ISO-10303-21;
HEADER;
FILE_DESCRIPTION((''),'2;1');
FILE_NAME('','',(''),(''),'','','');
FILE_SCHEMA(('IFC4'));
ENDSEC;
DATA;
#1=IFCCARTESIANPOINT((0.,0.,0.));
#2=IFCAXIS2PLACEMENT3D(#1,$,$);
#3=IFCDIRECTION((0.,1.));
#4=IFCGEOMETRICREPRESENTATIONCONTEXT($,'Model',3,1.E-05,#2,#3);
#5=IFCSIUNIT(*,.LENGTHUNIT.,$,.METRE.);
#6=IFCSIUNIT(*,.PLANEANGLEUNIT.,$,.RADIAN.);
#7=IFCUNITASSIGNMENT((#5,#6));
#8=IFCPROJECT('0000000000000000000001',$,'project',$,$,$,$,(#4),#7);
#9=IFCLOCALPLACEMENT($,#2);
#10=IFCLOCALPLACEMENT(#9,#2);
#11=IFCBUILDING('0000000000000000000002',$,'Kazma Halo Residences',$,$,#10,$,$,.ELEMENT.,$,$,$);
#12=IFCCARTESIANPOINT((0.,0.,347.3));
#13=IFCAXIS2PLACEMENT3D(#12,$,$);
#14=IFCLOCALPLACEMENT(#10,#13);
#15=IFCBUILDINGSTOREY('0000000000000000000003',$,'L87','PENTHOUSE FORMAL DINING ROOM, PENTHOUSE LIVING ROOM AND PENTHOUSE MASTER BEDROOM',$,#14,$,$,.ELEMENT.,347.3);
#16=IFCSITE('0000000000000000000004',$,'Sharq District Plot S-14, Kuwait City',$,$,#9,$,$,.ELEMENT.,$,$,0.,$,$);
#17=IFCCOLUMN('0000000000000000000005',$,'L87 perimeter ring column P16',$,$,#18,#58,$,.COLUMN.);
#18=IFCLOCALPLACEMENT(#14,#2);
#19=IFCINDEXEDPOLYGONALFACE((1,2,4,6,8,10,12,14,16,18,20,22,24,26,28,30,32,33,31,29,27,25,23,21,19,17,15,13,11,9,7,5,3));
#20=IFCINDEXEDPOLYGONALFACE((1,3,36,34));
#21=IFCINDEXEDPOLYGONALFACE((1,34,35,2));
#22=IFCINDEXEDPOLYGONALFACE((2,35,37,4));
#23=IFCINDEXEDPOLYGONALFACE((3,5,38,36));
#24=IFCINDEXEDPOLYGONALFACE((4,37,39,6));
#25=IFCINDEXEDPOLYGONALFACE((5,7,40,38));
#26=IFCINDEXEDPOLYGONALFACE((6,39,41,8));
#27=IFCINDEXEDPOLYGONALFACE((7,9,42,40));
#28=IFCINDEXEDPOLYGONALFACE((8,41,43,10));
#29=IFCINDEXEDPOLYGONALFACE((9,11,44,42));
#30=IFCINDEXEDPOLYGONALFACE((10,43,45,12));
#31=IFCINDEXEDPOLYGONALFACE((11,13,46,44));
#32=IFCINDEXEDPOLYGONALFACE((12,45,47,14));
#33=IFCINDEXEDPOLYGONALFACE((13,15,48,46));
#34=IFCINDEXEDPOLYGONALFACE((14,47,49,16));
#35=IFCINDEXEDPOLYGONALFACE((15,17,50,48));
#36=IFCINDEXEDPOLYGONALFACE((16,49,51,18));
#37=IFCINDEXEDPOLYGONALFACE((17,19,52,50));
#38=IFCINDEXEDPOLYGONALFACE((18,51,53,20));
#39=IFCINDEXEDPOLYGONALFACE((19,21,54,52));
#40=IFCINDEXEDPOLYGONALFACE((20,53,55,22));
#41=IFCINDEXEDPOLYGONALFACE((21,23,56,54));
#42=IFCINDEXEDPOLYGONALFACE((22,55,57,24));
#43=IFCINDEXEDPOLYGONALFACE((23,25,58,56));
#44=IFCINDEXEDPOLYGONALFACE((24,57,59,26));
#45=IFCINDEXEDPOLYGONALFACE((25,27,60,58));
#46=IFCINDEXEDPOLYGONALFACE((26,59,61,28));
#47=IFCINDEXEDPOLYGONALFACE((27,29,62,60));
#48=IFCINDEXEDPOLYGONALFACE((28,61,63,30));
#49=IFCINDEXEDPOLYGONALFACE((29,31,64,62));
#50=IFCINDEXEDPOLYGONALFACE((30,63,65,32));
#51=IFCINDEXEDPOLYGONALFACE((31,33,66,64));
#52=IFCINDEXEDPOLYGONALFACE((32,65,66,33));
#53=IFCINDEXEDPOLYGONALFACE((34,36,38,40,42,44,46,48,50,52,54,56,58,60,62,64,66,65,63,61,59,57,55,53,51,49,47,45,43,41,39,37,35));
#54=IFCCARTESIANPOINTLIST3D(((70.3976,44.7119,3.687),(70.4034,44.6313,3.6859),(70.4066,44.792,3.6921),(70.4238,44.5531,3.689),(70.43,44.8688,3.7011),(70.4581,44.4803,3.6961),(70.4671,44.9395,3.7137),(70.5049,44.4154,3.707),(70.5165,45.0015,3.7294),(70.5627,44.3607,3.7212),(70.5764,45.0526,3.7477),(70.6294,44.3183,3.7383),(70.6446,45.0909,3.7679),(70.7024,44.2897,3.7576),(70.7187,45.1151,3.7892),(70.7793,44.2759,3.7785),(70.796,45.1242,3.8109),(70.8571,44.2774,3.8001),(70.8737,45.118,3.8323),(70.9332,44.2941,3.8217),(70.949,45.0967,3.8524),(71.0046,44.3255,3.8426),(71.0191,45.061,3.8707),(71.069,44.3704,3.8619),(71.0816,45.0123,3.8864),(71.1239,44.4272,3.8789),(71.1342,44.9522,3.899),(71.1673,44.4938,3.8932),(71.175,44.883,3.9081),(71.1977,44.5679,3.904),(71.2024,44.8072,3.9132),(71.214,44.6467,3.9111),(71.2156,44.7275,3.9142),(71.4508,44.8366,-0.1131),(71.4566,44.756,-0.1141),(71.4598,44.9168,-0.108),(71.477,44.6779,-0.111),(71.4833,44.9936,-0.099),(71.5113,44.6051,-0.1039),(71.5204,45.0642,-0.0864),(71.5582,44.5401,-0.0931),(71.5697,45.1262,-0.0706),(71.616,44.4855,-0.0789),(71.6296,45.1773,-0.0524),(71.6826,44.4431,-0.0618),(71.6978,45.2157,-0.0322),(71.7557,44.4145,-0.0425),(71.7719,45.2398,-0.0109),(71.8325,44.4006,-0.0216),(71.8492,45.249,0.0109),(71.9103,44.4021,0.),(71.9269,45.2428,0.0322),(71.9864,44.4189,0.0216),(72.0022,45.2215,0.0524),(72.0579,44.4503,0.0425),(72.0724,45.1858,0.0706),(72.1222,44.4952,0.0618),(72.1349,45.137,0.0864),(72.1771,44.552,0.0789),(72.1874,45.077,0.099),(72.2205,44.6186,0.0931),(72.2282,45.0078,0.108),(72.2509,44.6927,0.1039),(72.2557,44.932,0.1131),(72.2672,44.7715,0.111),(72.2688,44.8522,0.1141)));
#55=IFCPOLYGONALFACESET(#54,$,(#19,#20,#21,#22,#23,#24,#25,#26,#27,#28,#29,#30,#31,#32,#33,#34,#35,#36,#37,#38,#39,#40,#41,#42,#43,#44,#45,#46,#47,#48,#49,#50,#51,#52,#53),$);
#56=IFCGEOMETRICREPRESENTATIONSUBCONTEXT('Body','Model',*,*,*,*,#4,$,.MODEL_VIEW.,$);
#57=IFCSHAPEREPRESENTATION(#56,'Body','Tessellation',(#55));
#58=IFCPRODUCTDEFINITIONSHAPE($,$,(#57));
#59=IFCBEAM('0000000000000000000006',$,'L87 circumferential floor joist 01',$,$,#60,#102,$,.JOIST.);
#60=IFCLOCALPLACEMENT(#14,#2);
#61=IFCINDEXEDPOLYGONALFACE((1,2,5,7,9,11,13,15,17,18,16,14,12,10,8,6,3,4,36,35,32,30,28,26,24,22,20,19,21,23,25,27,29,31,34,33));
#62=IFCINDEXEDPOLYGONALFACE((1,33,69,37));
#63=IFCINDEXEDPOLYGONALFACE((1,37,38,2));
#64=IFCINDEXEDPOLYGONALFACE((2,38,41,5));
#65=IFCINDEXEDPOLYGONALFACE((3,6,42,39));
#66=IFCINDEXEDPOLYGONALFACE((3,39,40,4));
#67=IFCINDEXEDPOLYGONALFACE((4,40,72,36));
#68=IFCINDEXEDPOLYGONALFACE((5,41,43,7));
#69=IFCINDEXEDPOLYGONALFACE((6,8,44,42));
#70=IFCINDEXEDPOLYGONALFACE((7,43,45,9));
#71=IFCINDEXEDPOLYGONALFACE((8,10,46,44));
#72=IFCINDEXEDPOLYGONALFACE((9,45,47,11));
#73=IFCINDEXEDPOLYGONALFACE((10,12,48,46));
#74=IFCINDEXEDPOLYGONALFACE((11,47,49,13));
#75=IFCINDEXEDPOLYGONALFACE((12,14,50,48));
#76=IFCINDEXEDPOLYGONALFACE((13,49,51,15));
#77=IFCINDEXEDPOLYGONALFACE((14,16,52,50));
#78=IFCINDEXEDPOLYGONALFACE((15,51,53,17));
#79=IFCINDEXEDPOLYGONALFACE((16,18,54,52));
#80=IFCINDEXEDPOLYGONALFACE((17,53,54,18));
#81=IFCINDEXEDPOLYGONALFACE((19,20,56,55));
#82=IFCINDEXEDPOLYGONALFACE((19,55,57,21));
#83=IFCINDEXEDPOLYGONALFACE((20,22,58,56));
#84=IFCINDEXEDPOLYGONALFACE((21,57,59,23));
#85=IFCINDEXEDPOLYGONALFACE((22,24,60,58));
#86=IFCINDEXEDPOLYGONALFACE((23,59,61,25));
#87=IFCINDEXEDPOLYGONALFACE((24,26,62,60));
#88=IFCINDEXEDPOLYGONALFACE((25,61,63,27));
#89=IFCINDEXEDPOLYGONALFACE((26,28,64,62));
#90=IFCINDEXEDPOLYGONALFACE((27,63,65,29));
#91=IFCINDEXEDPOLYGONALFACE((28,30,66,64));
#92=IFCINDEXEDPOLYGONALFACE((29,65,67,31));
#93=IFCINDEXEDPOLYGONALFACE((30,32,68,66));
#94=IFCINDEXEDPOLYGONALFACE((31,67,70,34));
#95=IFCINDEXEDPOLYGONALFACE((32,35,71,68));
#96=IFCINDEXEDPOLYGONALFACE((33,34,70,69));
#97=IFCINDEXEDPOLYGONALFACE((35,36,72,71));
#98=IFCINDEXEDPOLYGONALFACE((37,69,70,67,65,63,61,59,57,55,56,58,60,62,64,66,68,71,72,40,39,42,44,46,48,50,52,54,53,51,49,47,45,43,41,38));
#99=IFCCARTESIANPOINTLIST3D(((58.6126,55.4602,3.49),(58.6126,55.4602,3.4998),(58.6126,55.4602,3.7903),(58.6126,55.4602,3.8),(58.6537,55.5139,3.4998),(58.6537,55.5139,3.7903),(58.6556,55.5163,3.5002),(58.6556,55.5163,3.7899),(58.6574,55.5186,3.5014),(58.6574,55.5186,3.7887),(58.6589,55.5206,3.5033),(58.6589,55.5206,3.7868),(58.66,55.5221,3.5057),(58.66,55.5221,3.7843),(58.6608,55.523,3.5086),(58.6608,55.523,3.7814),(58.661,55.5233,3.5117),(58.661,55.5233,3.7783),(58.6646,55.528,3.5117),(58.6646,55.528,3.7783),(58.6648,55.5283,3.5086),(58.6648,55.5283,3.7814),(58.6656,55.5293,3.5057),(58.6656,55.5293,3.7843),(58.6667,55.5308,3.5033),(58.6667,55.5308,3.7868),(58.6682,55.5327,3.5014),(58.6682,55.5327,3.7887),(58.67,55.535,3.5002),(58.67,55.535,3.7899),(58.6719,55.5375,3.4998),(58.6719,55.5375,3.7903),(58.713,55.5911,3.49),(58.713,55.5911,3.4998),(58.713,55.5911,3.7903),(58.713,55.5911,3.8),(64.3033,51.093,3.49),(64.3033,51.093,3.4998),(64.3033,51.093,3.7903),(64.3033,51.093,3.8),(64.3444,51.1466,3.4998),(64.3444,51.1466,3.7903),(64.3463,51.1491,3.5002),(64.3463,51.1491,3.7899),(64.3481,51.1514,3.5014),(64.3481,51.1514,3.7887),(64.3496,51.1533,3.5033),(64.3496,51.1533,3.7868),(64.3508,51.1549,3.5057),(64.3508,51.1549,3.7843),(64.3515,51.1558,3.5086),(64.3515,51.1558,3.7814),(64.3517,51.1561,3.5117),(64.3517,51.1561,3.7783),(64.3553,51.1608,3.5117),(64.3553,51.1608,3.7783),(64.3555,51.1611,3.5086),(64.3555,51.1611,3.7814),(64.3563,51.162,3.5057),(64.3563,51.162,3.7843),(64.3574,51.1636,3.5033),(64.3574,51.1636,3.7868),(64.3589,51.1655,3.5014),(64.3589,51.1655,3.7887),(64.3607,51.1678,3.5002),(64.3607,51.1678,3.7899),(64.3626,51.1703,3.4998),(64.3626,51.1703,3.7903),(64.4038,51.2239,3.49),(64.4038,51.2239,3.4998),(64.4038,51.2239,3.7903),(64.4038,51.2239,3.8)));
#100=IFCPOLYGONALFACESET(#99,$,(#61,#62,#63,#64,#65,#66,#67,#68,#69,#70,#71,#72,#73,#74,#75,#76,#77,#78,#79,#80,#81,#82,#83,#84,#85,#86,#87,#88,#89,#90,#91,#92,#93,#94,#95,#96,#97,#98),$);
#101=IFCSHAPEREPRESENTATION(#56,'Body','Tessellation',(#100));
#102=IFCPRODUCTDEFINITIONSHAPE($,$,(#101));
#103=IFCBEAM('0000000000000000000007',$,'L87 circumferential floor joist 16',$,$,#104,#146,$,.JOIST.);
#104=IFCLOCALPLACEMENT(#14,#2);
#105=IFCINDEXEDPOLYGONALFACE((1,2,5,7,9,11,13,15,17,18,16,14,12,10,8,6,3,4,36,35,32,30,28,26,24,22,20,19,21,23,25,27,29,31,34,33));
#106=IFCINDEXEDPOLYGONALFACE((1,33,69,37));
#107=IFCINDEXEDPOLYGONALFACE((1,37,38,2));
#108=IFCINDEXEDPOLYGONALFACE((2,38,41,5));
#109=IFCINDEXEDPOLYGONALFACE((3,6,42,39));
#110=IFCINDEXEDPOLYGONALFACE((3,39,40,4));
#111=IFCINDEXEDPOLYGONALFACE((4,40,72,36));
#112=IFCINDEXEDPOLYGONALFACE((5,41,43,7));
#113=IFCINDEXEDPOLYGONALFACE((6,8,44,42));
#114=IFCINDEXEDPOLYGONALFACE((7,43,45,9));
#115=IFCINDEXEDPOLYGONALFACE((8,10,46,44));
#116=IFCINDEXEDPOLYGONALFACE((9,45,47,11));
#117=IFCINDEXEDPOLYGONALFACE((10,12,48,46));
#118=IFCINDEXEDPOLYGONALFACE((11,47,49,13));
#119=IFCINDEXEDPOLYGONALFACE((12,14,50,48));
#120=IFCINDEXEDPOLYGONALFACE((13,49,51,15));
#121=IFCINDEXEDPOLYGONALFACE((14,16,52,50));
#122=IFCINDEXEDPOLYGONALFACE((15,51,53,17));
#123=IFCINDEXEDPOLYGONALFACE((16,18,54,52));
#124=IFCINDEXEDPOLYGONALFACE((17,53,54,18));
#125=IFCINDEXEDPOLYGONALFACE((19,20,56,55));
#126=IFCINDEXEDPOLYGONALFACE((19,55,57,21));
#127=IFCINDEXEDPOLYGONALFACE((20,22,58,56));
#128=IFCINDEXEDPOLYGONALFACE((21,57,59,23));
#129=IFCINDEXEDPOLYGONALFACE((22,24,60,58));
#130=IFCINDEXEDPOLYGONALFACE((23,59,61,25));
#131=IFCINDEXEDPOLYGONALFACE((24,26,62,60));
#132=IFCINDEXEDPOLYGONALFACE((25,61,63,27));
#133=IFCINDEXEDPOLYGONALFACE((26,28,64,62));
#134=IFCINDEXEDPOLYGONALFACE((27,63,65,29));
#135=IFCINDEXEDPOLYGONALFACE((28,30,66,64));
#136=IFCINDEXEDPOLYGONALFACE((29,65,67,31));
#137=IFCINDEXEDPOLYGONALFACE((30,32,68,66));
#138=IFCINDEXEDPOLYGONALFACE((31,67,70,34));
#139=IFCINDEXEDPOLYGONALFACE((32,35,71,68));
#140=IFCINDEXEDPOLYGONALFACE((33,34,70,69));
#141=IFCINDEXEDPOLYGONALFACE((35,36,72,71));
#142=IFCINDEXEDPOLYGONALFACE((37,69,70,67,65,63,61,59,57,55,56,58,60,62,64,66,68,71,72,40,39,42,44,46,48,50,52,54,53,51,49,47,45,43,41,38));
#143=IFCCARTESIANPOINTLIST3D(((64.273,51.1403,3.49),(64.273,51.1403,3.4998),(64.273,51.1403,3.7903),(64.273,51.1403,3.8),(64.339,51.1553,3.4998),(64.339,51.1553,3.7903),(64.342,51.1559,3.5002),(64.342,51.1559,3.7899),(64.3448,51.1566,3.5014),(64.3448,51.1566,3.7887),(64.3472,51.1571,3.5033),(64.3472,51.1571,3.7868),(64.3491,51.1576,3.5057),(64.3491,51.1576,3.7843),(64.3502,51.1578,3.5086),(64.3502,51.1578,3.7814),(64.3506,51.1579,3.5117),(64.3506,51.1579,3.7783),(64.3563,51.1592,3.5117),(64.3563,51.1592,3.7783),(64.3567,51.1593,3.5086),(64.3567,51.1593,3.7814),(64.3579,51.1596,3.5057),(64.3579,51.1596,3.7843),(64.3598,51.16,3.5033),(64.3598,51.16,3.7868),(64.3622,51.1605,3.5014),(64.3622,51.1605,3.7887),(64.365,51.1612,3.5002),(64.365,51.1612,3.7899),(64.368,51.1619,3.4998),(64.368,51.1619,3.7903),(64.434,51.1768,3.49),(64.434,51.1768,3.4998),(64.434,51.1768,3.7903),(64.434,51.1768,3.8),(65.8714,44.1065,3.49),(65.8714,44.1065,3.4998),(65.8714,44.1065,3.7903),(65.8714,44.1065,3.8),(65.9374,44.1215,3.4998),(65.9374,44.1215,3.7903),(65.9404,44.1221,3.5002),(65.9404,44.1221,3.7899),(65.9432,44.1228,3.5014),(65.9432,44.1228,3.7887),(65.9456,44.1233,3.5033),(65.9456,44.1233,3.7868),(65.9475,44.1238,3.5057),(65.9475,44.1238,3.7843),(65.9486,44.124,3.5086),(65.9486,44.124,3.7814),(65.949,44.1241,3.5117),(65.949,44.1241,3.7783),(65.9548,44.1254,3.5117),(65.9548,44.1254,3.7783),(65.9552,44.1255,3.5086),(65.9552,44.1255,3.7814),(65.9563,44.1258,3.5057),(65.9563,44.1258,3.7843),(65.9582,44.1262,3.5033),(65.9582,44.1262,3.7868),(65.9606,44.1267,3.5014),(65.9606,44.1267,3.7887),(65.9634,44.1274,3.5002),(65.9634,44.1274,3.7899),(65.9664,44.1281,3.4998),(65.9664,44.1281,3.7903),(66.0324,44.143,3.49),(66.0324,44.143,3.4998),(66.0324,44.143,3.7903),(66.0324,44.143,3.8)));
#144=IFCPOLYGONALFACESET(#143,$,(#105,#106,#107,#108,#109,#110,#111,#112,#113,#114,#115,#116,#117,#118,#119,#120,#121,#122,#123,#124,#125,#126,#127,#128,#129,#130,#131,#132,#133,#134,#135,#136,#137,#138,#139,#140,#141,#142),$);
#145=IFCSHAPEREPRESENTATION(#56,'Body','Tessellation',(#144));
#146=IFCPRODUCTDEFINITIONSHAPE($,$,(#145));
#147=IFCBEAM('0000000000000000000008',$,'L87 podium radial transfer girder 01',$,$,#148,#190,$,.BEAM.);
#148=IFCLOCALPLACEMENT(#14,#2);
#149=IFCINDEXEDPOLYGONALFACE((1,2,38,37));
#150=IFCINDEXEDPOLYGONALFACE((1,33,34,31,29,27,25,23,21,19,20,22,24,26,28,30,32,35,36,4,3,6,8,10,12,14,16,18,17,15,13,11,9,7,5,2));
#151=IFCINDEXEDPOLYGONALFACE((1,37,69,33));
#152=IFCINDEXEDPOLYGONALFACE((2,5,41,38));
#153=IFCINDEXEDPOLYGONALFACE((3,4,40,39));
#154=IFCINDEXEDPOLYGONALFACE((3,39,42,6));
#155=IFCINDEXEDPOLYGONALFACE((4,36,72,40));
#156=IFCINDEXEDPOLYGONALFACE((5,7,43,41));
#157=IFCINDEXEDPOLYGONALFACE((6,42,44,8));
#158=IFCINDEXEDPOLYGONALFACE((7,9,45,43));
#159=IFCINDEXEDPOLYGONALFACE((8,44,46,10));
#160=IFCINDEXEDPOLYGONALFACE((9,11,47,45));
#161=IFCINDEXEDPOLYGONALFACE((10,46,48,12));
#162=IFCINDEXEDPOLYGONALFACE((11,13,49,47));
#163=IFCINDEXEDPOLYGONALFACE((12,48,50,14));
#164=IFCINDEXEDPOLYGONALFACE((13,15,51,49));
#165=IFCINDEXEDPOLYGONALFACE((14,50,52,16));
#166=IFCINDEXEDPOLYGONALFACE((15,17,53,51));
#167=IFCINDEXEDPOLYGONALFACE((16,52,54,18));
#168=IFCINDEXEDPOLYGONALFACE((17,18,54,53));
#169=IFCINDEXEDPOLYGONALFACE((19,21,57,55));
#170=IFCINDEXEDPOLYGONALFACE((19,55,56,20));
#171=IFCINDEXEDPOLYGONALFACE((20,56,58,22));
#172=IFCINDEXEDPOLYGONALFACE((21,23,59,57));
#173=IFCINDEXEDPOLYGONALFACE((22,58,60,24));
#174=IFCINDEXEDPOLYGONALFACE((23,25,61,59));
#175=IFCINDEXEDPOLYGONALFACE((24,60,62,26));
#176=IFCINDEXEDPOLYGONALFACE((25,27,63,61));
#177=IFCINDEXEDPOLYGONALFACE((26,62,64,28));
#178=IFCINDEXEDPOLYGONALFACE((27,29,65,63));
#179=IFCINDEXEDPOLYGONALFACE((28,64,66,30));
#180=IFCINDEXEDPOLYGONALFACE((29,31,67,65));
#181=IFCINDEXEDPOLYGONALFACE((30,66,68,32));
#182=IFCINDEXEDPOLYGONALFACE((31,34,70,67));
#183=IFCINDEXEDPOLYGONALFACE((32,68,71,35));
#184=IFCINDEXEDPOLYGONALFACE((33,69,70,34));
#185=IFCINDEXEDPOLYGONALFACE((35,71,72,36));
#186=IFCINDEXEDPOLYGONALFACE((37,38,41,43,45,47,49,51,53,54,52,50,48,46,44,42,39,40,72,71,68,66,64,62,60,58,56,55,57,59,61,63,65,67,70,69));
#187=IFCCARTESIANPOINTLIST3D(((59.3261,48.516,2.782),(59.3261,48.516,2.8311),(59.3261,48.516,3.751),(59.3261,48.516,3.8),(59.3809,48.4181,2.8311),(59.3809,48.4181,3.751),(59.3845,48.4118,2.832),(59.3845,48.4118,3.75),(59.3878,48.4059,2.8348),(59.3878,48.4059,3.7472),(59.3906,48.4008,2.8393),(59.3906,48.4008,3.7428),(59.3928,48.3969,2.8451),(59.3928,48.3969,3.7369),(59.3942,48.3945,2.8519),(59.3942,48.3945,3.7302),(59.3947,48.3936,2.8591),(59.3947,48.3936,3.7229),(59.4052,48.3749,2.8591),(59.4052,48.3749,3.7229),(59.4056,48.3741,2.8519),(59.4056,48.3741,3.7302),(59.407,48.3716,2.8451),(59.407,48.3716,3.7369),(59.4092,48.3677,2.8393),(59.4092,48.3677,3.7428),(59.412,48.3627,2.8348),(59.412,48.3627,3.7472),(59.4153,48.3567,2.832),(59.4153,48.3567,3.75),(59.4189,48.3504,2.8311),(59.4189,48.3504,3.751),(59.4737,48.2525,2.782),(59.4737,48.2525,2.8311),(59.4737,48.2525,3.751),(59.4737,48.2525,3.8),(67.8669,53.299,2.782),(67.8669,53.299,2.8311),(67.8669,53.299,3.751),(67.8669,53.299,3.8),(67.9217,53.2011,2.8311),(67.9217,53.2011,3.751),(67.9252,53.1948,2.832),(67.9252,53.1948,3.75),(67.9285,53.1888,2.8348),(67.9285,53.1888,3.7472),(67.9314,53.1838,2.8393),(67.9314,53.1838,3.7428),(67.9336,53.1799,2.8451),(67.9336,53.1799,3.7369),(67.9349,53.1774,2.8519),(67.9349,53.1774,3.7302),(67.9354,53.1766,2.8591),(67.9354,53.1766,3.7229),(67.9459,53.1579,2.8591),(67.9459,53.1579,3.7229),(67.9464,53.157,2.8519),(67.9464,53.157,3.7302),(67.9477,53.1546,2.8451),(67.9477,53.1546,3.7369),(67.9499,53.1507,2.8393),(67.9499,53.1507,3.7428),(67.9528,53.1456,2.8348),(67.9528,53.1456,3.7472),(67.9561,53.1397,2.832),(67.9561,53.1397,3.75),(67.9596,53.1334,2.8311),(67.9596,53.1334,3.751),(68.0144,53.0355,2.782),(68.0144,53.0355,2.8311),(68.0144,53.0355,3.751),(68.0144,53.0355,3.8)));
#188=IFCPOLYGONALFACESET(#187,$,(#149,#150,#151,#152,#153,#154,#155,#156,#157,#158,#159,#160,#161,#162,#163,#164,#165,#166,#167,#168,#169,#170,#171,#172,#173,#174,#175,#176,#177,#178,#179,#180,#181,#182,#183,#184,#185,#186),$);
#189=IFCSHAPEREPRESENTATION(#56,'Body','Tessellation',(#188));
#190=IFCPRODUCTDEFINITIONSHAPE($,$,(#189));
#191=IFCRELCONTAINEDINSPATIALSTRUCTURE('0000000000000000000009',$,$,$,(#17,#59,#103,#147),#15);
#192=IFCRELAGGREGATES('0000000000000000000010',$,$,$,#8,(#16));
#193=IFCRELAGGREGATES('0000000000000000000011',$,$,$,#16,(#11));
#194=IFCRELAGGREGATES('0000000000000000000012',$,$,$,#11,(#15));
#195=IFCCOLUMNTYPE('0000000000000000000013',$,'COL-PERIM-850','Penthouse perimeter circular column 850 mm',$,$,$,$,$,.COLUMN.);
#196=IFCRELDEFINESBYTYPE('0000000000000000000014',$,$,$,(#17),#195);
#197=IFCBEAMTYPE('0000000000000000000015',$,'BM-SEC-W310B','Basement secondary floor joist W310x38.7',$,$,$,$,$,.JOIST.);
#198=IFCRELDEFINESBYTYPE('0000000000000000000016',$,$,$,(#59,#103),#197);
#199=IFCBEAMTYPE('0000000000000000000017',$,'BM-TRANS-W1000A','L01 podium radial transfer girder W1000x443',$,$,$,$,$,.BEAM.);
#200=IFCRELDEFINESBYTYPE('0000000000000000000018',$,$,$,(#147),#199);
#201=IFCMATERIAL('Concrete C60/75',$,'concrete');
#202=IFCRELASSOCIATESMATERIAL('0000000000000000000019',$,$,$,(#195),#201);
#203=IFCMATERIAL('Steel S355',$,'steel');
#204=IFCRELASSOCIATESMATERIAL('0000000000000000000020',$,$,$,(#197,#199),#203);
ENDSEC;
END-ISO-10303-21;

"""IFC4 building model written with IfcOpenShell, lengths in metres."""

from ifc_helpers import new_model, si_unit, direction, frame, origin, origin_2d, place, context, subcontext, project, spatial, circle, i_section, extrude, material, material_profile, profile_set, type_object, element, save


model = new_model("IFC4")

# Units and contexts
model_context = context("Model", 3, precision=1e-05, world=origin(), true_north=direction((0.0, 1.0)))
body_context = subcontext(model_context, "Body", "Model", "MODEL_VIEW")
ifc_project = project(units=[si_unit("LENGTHUNIT", "METRE"), si_unit("PLANEANGLEUNIT", "RADIAN")], contexts=[model_context])

# Site, building, storey
site_placement = place(None, origin())
site = spatial("IfcSite", under=ifc_project, at=site_placement, Name="Sharq District Plot S-14, Kuwait City", CompositionType="ELEMENT", RefElevation=0.0)
building_placement = place(site_placement, origin())
building = spatial("IfcBuilding", under=site, at=building_placement, Name="Kazma Halo Residences", CompositionType="ELEMENT")
storey_placement = place(building_placement, frame((0.0, 0.0, 347.3)))
storey = spatial("IfcBuildingStorey", under=building, at=storey_placement, Name="L87", Description="PENTHOUSE FORMAL DINING ROOM, PENTHOUSE LIVING ROOM AND PENTHOUSE MASTER BEDROOM", CompositionType="ELEMENT", Elevation=347.3)

# Column
ifc_material_1 = material(Name="Concrete C60/75", Category="concrete")
ifc_material_profile_1 = material_profile(ifc_material_1, circle(Radius=0.425, at=origin_2d()), Name="CIRC850")
ifc_profile_set_1 = profile_set([ifc_material_profile_1], Name="Concrete C60/75")
column_type = type_object("IfcColumnType", Name="COL-PERIM-850", Description="Penthouse perimeter circular column 850 mm", PredefinedType="COLUMN", material=ifc_profile_set_1)
column_placement = place(storey_placement, frame((71.8604, 44.8242, 0.0), z_axis=(-0.266958, -0.031622, 0.963189), x_axis=(0.117629, -0.993058, 0.0)))
element("IfcColumn", 1, at=column_placement, inside=storey, type_object=column_type, Name="L87 perimeter ring column P16", PredefinedType="COLUMN", context=body_context, shape_type="SweptSolid", body=[
    extrude(circle(Radius=0.425, at=origin_2d()), origin(), (0.0, 0.0, 1.0), 3.9453),
])

# Beams
ifc_material_2 = material(Name="Steel S355", Category="steel")
ifc_material_profile_2 = material_profile(ifc_material_2, i_section(OverallWidth=0.165, OverallDepth=0.3101, WebThickness=0.0059, FlangeThickness=0.0098, FilletRadius=0.012, at=origin_2d()), Name="W310x38.7")
ifc_profile_set_2 = profile_set([ifc_material_profile_2], Name="Steel S355")
beam_type_1 = type_object("IfcBeamType", Name="BM-SEC-W310B", Description="Basement secondary floor joist W310x38.7", PredefinedType="JOIST", material=ifc_profile_set_2)
beam_1_placement = place(storey_placement, frame((64.3535, 51.1584, 3.645), z_axis=(-0.793314, 0.608812, 0.0), x_axis=(-0.608812, -0.793314, 0.0)))
element("IfcBeam", 2, at=beam_1_placement, inside=storey, type_object=beam_type_1, Name="L87 circumferential floor joist 01", PredefinedType="JOIST", context=body_context, shape_type="SweptSolid", body=[
    extrude(i_section(OverallWidth=0.165, OverallDepth=0.3101, WebThickness=0.0059, FlangeThickness=0.0098, FilletRadius=0.012, at=origin_2d()), origin(), (0.0, 0.0, 1.0), 7.1733),
])
beam_2_placement = place(storey_placement, frame((65.9519, 44.1248, 3.645), z_axis=(-0.221598, 0.975138, 0.0), x_axis=(-0.975138, -0.221598, 0.0)))
element("IfcBeam", 3, at=beam_2_placement, inside=storey, type_object=beam_type_1, Name="L87 circumferential floor joist 16", PredefinedType="JOIST", context=body_context, shape_type="SweptSolid", body=[
    extrude(i_section(OverallWidth=0.165, OverallDepth=0.3101, WebThickness=0.0059, FlangeThickness=0.0098, FilletRadius=0.012, at=origin_2d()), origin(), (0.0, 0.0, 1.0), 7.2131),
])
ifc_material_profile_3 = material_profile(ifc_material_2, i_section(OverallWidth=0.302, OverallDepth=1.0181, WebThickness=0.0215, FlangeThickness=0.0491, FilletRadius=0.0281, at=origin_2d()), Name="W1000x443")
ifc_profile_set_3 = profile_set([ifc_material_profile_3], Name="Steel S355")
beam_type_2 = type_object("IfcBeamType", Name="BM-TRANS-W1000A", Description="L01 podium radial transfer girder W1000x443", PredefinedType="BEAM", material=ifc_profile_set_3)
beam_3_placement = place(storey_placement, frame((59.3999, 48.3843, 3.291), z_axis=(0.8725, 0.488613, 0.0), x_axis=(-0.488613, 0.8725, 0.0)))
element("IfcBeam", 4, at=beam_3_placement, inside=storey, type_object=beam_type_2, Name="L87 podium radial transfer girder 01", PredefinedType="BEAM", context=body_context, shape_type="SweptSolid", body=[
    extrude(i_section(OverallWidth=0.302, OverallDepth=1.0181, WebThickness=0.0215, FlangeThickness=0.0491, FilletRadius=0.0281, at=origin_2d()), origin(), (0.0, 0.0, 1.0), 9.7888),
])

save(model, "model.ifc")
